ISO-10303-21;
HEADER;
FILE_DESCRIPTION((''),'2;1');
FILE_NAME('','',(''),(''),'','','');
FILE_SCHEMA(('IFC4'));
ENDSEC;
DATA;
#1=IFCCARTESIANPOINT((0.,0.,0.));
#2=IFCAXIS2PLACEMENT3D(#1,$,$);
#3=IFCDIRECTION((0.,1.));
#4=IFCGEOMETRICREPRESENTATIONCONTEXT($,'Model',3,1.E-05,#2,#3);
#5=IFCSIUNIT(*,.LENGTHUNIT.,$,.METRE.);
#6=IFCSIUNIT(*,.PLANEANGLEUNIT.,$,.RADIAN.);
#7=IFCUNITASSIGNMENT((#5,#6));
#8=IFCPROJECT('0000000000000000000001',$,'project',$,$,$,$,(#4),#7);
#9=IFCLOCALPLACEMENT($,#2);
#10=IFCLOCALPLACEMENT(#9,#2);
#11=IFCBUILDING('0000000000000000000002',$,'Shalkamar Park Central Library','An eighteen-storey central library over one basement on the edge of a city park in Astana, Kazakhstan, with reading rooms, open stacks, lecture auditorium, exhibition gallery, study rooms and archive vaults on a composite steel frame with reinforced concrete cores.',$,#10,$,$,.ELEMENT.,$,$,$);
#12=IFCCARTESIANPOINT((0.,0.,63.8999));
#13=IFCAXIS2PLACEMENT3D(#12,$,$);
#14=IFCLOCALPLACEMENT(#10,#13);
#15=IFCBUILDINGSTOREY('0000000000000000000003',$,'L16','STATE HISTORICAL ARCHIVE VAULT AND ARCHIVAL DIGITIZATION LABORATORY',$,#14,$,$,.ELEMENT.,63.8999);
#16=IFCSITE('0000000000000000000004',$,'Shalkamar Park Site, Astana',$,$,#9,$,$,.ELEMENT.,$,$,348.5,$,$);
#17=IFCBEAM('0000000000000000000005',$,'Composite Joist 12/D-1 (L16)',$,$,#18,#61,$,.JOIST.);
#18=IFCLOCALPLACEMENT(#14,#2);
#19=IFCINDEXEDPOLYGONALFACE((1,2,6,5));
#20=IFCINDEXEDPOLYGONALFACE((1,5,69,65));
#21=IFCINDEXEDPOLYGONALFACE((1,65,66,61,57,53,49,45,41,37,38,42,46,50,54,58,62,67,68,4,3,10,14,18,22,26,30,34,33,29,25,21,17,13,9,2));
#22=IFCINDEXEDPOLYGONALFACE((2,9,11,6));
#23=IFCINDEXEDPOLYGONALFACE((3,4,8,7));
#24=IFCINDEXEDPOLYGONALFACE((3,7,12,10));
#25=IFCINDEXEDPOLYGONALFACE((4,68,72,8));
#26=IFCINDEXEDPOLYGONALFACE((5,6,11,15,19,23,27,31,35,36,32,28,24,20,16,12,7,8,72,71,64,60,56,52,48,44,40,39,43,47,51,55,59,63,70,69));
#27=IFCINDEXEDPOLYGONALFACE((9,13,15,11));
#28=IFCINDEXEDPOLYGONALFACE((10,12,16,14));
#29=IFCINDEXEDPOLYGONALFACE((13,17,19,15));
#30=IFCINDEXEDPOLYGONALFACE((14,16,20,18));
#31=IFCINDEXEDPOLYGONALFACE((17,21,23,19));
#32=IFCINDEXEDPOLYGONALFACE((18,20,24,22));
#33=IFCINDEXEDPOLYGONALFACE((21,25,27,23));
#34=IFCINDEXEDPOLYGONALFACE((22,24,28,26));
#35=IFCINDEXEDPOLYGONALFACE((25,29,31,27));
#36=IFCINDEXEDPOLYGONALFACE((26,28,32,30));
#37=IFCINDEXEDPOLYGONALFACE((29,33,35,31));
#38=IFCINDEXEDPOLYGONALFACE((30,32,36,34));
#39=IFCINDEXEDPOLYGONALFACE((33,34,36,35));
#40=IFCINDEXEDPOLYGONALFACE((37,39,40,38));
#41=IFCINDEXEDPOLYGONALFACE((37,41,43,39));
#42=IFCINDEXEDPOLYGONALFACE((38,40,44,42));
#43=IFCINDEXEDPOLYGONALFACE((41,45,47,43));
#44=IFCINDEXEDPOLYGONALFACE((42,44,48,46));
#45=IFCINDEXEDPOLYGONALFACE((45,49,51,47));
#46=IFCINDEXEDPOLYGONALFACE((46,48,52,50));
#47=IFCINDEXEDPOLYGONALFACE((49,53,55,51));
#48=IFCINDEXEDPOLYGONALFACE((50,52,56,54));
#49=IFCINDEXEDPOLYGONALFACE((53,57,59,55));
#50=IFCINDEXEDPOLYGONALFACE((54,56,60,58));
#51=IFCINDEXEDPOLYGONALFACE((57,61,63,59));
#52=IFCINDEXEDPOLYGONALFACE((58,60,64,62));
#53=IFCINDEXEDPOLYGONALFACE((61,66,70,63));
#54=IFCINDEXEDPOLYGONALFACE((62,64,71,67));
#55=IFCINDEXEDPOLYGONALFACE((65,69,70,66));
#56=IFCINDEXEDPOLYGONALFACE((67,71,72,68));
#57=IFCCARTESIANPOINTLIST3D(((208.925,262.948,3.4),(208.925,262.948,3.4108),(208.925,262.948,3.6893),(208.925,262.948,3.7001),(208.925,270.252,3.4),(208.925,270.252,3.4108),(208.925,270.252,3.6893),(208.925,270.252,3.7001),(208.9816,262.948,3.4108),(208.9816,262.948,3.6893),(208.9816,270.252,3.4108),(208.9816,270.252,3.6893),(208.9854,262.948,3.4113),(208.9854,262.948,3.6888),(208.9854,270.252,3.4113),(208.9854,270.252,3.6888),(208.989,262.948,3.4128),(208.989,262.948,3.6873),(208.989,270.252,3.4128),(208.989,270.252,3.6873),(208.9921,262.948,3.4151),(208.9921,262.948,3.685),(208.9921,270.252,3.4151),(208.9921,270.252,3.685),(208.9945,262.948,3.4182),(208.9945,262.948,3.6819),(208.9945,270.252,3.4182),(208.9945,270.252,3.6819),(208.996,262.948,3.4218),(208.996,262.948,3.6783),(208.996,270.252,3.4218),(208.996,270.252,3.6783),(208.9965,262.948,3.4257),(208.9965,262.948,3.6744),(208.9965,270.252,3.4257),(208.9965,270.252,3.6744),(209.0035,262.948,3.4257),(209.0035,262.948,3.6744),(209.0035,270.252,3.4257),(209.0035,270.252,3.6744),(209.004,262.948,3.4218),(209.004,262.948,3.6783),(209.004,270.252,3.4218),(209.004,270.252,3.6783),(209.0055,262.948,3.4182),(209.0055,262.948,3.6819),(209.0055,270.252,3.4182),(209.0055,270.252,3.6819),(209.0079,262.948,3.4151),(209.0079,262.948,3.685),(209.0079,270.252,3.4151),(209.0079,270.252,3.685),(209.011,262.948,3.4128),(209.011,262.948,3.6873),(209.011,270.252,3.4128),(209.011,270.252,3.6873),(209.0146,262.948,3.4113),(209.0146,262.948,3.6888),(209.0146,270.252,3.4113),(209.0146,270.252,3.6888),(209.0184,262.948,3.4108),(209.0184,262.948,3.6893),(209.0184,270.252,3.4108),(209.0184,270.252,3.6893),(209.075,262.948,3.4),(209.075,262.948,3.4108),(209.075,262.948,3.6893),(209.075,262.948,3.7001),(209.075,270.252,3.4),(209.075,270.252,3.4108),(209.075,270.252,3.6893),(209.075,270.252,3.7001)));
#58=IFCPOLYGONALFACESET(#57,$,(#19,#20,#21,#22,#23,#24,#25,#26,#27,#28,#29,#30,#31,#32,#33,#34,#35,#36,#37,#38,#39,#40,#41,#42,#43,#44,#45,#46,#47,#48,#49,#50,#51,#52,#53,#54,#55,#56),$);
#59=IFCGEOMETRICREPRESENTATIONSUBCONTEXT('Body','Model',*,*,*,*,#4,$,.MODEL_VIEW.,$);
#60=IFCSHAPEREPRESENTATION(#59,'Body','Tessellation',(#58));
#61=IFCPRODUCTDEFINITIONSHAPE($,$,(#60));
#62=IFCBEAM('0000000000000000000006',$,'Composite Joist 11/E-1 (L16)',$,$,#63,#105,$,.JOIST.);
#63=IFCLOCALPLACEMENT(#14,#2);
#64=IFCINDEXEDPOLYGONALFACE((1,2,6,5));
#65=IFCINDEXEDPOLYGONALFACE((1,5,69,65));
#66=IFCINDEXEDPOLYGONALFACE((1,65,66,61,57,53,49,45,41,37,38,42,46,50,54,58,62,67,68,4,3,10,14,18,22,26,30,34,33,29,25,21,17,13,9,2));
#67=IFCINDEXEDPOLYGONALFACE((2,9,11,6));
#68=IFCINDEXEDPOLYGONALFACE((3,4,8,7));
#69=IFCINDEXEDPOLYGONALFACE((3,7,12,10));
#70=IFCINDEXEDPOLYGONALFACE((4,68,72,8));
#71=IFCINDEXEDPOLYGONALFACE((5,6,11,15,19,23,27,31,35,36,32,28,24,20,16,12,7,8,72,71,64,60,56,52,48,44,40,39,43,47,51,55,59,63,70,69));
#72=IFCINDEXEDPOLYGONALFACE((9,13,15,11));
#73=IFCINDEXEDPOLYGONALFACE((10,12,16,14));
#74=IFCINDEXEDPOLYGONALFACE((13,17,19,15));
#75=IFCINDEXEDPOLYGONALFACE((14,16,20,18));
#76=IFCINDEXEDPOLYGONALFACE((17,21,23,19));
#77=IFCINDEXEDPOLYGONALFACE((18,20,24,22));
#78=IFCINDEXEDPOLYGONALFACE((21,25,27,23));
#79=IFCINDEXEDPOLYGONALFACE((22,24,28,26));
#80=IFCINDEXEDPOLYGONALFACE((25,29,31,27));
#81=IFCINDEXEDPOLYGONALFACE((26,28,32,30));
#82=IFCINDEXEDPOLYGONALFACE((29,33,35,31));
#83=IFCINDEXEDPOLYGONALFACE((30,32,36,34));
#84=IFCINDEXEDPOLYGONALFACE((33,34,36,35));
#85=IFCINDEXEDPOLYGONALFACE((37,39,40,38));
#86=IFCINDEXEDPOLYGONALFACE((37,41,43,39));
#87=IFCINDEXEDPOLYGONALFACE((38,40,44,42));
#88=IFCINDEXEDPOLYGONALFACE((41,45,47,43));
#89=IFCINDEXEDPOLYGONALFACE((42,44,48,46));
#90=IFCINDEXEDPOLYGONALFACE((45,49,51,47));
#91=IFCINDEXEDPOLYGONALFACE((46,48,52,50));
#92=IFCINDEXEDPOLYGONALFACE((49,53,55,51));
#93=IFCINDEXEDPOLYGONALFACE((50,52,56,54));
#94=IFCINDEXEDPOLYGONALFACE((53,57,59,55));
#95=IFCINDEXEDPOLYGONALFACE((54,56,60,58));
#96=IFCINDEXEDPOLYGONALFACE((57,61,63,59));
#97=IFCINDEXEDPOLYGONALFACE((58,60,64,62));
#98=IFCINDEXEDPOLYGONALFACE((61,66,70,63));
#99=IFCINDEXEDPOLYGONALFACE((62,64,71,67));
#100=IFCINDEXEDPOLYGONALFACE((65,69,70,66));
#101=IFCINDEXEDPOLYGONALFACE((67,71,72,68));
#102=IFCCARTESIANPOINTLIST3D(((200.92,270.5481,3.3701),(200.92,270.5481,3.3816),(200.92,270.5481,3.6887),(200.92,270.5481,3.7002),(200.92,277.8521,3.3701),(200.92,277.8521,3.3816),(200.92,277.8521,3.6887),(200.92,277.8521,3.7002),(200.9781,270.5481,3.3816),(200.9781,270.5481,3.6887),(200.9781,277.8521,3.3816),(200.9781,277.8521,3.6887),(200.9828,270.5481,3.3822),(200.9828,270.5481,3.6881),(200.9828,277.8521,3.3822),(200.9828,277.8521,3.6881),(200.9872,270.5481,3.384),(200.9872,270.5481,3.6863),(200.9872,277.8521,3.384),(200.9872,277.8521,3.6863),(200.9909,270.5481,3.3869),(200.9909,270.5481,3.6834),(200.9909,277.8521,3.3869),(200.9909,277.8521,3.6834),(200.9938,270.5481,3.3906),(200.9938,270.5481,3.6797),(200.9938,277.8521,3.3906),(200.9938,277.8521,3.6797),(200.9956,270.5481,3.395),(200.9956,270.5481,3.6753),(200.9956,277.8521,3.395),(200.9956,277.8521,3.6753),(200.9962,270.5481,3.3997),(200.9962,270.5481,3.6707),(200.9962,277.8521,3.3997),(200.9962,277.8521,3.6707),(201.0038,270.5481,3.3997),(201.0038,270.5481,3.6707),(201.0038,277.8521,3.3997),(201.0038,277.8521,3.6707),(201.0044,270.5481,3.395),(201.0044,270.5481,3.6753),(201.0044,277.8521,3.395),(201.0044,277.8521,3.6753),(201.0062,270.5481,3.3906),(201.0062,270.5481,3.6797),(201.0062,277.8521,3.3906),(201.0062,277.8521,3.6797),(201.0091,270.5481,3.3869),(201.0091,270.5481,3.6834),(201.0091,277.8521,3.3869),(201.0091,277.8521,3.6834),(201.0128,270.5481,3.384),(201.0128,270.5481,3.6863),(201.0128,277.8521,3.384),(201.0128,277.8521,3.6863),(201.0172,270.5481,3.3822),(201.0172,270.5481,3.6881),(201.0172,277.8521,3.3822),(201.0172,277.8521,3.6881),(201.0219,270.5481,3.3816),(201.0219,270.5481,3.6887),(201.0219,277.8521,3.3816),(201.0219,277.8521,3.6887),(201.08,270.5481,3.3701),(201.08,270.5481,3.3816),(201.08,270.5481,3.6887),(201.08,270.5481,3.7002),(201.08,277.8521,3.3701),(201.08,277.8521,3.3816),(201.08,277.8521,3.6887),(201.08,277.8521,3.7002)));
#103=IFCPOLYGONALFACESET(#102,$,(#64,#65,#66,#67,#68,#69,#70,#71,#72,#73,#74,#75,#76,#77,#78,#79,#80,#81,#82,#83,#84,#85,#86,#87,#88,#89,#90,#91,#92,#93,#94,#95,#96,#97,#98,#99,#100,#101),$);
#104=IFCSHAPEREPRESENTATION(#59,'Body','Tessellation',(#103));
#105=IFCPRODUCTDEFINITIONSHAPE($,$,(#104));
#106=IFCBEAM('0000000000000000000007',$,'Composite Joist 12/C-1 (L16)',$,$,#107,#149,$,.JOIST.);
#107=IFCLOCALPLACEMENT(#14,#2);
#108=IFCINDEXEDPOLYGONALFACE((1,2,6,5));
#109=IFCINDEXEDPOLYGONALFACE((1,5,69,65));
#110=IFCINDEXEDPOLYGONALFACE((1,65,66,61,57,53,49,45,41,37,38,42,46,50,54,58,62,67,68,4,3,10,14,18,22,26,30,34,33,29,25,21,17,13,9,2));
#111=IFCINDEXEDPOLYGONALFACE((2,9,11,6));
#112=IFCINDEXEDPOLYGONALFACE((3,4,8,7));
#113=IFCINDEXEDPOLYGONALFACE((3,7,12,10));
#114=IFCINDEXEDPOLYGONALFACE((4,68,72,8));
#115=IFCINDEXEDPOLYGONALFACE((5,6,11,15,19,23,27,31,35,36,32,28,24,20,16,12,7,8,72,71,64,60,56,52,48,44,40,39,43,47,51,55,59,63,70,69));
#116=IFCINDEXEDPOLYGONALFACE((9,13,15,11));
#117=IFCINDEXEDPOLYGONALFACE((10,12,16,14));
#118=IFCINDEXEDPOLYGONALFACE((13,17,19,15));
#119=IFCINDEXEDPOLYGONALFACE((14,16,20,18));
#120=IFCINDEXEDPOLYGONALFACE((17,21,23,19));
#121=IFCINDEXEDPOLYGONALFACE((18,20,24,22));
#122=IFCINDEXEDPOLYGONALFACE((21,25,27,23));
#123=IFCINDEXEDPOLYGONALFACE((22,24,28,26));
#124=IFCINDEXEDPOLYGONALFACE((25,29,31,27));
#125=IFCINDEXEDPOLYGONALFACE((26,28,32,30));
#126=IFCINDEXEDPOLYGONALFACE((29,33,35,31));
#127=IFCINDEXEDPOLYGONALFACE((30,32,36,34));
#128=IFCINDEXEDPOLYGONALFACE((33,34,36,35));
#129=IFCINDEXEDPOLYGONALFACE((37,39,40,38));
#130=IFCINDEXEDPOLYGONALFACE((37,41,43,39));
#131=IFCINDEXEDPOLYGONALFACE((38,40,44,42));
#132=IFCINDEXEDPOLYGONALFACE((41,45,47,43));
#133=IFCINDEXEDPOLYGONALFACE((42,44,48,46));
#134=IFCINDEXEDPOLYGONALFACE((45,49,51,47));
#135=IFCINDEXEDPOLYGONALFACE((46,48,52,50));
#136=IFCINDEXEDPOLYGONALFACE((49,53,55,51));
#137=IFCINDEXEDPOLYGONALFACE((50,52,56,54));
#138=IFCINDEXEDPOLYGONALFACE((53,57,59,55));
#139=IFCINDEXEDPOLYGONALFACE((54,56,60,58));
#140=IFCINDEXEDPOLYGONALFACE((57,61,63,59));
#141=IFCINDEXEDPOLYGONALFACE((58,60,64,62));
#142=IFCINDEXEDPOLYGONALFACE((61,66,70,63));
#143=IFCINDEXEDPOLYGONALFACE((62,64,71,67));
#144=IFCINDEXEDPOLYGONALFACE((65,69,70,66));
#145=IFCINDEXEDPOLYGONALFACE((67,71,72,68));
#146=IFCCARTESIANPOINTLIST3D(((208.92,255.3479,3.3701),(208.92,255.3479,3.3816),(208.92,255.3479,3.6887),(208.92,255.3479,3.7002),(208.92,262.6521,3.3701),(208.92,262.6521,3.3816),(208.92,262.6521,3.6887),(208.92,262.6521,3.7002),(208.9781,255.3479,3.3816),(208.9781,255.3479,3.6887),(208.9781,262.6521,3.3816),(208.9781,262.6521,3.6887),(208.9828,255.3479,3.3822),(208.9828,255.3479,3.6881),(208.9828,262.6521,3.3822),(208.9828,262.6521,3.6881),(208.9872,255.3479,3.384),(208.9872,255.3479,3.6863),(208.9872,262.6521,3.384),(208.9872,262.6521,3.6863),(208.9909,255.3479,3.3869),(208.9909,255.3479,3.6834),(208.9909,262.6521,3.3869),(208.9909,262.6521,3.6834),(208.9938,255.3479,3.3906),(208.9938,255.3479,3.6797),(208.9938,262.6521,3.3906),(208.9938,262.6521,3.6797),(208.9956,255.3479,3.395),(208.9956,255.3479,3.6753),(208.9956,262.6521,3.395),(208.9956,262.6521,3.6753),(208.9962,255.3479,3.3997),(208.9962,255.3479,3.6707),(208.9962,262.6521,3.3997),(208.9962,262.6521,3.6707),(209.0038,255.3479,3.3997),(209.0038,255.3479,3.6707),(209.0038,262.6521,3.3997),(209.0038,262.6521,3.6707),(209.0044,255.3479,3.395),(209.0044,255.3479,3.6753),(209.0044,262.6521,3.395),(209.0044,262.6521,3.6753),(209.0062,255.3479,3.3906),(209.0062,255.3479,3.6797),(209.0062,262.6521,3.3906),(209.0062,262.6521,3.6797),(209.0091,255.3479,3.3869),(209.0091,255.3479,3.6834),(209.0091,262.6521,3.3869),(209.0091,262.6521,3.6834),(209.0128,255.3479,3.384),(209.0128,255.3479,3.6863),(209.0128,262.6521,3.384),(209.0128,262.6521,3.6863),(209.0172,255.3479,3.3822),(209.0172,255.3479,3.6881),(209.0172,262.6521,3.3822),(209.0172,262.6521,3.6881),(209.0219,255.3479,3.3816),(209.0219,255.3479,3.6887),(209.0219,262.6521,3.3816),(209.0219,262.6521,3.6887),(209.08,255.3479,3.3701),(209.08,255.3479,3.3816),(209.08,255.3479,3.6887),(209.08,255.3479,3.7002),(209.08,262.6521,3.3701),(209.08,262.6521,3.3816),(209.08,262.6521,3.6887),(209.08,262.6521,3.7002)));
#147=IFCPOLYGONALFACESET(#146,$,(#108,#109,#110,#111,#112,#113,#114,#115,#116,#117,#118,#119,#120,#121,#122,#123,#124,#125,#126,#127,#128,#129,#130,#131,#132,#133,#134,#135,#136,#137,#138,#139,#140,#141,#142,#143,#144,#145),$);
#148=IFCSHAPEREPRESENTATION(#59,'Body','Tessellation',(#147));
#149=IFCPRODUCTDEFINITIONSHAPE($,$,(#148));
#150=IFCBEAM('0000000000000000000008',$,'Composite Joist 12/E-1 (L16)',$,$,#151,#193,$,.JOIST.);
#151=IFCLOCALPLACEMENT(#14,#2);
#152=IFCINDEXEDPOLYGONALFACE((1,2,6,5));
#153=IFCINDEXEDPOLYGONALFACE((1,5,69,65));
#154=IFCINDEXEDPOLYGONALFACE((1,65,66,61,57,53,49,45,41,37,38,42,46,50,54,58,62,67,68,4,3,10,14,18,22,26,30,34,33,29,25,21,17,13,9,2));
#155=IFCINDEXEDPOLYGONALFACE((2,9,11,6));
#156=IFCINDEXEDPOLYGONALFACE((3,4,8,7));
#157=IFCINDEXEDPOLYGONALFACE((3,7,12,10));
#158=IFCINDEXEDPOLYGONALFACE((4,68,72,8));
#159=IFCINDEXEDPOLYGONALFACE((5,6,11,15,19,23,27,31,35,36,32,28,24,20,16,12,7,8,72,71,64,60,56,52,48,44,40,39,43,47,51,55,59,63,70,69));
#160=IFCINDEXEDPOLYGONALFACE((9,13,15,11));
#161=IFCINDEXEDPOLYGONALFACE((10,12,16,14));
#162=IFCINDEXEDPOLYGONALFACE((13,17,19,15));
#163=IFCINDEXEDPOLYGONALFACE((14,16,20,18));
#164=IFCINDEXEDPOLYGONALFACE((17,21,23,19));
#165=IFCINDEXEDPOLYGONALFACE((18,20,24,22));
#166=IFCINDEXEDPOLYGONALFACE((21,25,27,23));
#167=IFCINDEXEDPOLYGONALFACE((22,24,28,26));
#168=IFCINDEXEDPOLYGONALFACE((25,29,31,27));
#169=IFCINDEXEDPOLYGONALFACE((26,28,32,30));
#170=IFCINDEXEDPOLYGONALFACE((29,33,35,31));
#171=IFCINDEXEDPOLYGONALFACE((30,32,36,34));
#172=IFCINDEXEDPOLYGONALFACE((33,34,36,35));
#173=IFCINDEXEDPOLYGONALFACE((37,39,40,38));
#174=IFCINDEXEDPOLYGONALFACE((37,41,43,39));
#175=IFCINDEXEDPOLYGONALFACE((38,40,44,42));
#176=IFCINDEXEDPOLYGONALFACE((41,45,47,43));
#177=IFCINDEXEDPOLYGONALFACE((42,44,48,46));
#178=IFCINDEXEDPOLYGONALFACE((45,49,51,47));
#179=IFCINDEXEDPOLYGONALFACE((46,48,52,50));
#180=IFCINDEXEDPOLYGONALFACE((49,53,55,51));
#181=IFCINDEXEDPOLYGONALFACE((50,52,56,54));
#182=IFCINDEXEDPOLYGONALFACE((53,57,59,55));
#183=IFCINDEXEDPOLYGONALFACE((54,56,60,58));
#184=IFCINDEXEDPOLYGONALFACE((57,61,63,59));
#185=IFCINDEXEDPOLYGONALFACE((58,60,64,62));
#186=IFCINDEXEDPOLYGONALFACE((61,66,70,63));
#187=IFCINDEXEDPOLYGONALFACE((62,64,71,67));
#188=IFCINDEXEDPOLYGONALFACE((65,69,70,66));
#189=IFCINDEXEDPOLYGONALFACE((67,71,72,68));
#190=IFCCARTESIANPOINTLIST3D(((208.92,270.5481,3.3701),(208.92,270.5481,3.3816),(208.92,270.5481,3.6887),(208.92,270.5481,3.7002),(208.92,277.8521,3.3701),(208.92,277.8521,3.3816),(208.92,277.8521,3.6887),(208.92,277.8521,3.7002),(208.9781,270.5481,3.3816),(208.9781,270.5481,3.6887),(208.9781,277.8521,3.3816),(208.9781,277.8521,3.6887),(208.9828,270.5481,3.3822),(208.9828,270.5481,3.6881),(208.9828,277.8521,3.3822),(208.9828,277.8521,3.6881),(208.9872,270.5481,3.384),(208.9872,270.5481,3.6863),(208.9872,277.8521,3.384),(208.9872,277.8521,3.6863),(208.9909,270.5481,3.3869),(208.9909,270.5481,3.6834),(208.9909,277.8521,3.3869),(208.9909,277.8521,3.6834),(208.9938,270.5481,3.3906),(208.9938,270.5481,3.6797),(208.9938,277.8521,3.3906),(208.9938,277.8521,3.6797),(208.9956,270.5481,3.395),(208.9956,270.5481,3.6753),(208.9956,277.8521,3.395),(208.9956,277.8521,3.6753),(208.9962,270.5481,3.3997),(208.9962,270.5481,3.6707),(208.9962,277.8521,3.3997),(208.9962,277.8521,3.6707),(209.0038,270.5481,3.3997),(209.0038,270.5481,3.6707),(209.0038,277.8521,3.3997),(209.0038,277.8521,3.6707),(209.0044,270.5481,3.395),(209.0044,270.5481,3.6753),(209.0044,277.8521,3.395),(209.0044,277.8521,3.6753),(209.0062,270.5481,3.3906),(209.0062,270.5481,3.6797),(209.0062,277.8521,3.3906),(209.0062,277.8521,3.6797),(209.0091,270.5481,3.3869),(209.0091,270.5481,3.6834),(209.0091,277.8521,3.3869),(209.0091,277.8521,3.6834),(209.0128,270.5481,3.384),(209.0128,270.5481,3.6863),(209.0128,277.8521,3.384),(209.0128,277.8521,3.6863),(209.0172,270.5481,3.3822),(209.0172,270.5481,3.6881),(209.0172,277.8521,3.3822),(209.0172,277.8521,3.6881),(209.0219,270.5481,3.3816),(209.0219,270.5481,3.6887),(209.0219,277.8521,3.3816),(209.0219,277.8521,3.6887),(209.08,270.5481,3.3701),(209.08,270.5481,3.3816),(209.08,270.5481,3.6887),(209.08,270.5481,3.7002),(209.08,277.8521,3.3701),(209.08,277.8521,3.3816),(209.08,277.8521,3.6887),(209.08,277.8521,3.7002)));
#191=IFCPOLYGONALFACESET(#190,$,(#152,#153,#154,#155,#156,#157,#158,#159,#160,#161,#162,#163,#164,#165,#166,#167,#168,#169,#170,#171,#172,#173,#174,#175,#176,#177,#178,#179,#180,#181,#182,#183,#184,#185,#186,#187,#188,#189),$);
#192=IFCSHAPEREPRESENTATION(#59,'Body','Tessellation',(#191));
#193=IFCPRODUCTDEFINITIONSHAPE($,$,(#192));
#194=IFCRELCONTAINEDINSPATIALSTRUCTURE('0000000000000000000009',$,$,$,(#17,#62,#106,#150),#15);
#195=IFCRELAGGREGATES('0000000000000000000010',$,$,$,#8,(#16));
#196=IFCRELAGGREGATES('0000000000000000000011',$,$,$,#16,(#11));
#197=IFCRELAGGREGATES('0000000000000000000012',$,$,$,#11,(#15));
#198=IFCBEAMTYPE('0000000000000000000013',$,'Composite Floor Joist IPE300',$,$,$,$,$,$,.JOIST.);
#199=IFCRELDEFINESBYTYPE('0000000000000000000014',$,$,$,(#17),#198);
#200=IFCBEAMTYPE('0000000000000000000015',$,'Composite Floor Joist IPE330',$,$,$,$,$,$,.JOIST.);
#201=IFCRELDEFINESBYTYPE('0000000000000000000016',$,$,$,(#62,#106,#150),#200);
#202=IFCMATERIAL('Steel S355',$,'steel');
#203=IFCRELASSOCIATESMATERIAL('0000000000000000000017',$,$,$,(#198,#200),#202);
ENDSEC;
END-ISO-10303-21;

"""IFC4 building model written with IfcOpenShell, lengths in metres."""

from ifc_helpers import new_model, si_unit, direction, frame, origin, origin_2d, place, context, subcontext, project, spatial, i_section, extrude, material, material_profile, profile_set, type_object, element, save


model = new_model("IFC4")

# Units and contexts
model_context = context("Model", 3, precision=1e-05, world=origin(), true_north=direction((0.0, 1.0)))
body_context = subcontext(model_context, "Body", "Model", "MODEL_VIEW")
ifc_project = project(units=[si_unit("LENGTHUNIT", "METRE"), si_unit("PLANEANGLEUNIT", "RADIAN")], contexts=[model_context])

# Site, building, storey
site_placement = place(None, origin())
site = spatial("IfcSite", under=ifc_project, at=site_placement, Name="Shalkamar Park Site, Astana", CompositionType="ELEMENT", RefElevation=348.5)
building_placement = place(site_placement, origin())
building = spatial("IfcBuilding", under=site, at=building_placement, Name="Shalkamar Park Central Library", Description="An eighteen-storey central library over one basement on the edge of a city park in Astana, Kazakhstan, with reading rooms, open stacks, lecture auditorium, exhibition gallery, study rooms and archive vaults on a composite steel frame with reinforced concrete cores.", CompositionType="ELEMENT")
storey_placement = place(building_placement, frame((0.0, 0.0, 63.8999)))
storey = spatial("IfcBuildingStorey", under=building, at=storey_placement, Name="L16", Description="STATE HISTORICAL ARCHIVE VAULT AND ARCHIVAL DIGITIZATION LABORATORY", CompositionType="ELEMENT", Elevation=63.8999)

# Shared definitions
ifc_material_1 = material(Name="Steel S355", Category="steel")

# Beams
ifc_material_profile_1 = material_profile(ifc_material_1, i_section(OverallWidth=0.1499, OverallDepth=0.3, WebThickness=0.0071, FlangeThickness=0.0107, FilletRadius=0.0149, at=origin_2d()), Name="IPE 300")
ifc_profile_set_1 = profile_set([ifc_material_profile_1], Name="Steel S355")
beam_type_1 = type_object("IfcBeamType", Name="Composite Floor Joist IPE300", PredefinedType="JOIST", material=ifc_profile_set_1)
for number, where, z_axis, x_axis, name in (
    (1, (209.0, 262.948, 3.55), (0.0, 1.0, 0.0), (-1.0, 0.0, 0.0), "Composite Joist 12/D-1 (L16)"),
):
    element("IfcBeam", number, at=place(storey_placement, frame(where, z_axis=z_axis, x_axis=x_axis)), inside=storey, type_object=beam_type_1, Name=name, PredefinedType="JOIST", context=body_context, shape_type="SweptSolid", body=[
        extrude(i_section(OverallWidth=0.1499, OverallDepth=0.3, WebThickness=0.0071, FlangeThickness=0.0107, FilletRadius=0.0149, at=origin_2d()), origin(), (0.0, 0.0, 1.0), 7.304),
    ])
ifc_material_profile_2 = material_profile(ifc_material_1, i_section(OverallWidth=0.1599, OverallDepth=0.3301, WebThickness=0.0076, FlangeThickness=0.0115, FilletRadius=0.0181, at=origin_2d()), Name="IPE 330")
ifc_profile_set_2 = profile_set([ifc_material_profile_2], Name="Steel S355")
beam_type_2 = type_object("IfcBeamType", Name="Composite Floor Joist IPE330", PredefinedType="JOIST", material=ifc_profile_set_2)
beam_1_placement = place(storey_placement, frame((201.0, 270.5481, 3.5352), z_axis=(0.0, 1.0, 0.0), x_axis=(-1.0, 0.0, 0.0)))
element("IfcBeam", 2, at=beam_1_placement, inside=storey, type_object=beam_type_2, Name="Composite Joist 11/E-1 (L16)", PredefinedType="JOIST", context=body_context, shape_type="SweptSolid", body=[
    extrude(i_section(OverallWidth=0.1599, OverallDepth=0.3301, WebThickness=0.0076, FlangeThickness=0.0115, FilletRadius=0.0181, at=origin_2d()), origin(), (0.0, 0.0, 1.0), 7.304),
])
beam_2_placement = place(storey_placement, frame((209.0, 255.3479, 3.5352), z_axis=(0.0, 1.0, 0.0), x_axis=(-1.0, 0.0, 0.0)))
element("IfcBeam", 3, at=beam_2_placement, inside=storey, type_object=beam_type_2, Name="Composite Joist 12/C-1 (L16)", PredefinedType="JOIST", context=body_context, shape_type="SweptSolid", body=[
    extrude(i_section(OverallWidth=0.1599, OverallDepth=0.3301, WebThickness=0.0076, FlangeThickness=0.0115, FilletRadius=0.0181, at=origin_2d()), origin(), (0.0, 0.0, 1.0), 7.3042),
])
beam_3_placement = place(storey_placement, frame((209.0, 270.5481, 3.5352), z_axis=(0.0, 1.0, 0.0), x_axis=(-1.0, 0.0, 0.0)))
element("IfcBeam", 4, at=beam_3_placement, inside=storey, type_object=beam_type_2, Name="Composite Joist 12/E-1 (L16)", PredefinedType="JOIST", context=body_context, shape_type="SweptSolid", body=[
    extrude(i_section(OverallWidth=0.1599, OverallDepth=0.3301, WebThickness=0.0076, FlangeThickness=0.0115, FilletRadius=0.0181, at=origin_2d()), origin(), (0.0, 0.0, 1.0), 7.304),
])

save(model, "model.ifc")
